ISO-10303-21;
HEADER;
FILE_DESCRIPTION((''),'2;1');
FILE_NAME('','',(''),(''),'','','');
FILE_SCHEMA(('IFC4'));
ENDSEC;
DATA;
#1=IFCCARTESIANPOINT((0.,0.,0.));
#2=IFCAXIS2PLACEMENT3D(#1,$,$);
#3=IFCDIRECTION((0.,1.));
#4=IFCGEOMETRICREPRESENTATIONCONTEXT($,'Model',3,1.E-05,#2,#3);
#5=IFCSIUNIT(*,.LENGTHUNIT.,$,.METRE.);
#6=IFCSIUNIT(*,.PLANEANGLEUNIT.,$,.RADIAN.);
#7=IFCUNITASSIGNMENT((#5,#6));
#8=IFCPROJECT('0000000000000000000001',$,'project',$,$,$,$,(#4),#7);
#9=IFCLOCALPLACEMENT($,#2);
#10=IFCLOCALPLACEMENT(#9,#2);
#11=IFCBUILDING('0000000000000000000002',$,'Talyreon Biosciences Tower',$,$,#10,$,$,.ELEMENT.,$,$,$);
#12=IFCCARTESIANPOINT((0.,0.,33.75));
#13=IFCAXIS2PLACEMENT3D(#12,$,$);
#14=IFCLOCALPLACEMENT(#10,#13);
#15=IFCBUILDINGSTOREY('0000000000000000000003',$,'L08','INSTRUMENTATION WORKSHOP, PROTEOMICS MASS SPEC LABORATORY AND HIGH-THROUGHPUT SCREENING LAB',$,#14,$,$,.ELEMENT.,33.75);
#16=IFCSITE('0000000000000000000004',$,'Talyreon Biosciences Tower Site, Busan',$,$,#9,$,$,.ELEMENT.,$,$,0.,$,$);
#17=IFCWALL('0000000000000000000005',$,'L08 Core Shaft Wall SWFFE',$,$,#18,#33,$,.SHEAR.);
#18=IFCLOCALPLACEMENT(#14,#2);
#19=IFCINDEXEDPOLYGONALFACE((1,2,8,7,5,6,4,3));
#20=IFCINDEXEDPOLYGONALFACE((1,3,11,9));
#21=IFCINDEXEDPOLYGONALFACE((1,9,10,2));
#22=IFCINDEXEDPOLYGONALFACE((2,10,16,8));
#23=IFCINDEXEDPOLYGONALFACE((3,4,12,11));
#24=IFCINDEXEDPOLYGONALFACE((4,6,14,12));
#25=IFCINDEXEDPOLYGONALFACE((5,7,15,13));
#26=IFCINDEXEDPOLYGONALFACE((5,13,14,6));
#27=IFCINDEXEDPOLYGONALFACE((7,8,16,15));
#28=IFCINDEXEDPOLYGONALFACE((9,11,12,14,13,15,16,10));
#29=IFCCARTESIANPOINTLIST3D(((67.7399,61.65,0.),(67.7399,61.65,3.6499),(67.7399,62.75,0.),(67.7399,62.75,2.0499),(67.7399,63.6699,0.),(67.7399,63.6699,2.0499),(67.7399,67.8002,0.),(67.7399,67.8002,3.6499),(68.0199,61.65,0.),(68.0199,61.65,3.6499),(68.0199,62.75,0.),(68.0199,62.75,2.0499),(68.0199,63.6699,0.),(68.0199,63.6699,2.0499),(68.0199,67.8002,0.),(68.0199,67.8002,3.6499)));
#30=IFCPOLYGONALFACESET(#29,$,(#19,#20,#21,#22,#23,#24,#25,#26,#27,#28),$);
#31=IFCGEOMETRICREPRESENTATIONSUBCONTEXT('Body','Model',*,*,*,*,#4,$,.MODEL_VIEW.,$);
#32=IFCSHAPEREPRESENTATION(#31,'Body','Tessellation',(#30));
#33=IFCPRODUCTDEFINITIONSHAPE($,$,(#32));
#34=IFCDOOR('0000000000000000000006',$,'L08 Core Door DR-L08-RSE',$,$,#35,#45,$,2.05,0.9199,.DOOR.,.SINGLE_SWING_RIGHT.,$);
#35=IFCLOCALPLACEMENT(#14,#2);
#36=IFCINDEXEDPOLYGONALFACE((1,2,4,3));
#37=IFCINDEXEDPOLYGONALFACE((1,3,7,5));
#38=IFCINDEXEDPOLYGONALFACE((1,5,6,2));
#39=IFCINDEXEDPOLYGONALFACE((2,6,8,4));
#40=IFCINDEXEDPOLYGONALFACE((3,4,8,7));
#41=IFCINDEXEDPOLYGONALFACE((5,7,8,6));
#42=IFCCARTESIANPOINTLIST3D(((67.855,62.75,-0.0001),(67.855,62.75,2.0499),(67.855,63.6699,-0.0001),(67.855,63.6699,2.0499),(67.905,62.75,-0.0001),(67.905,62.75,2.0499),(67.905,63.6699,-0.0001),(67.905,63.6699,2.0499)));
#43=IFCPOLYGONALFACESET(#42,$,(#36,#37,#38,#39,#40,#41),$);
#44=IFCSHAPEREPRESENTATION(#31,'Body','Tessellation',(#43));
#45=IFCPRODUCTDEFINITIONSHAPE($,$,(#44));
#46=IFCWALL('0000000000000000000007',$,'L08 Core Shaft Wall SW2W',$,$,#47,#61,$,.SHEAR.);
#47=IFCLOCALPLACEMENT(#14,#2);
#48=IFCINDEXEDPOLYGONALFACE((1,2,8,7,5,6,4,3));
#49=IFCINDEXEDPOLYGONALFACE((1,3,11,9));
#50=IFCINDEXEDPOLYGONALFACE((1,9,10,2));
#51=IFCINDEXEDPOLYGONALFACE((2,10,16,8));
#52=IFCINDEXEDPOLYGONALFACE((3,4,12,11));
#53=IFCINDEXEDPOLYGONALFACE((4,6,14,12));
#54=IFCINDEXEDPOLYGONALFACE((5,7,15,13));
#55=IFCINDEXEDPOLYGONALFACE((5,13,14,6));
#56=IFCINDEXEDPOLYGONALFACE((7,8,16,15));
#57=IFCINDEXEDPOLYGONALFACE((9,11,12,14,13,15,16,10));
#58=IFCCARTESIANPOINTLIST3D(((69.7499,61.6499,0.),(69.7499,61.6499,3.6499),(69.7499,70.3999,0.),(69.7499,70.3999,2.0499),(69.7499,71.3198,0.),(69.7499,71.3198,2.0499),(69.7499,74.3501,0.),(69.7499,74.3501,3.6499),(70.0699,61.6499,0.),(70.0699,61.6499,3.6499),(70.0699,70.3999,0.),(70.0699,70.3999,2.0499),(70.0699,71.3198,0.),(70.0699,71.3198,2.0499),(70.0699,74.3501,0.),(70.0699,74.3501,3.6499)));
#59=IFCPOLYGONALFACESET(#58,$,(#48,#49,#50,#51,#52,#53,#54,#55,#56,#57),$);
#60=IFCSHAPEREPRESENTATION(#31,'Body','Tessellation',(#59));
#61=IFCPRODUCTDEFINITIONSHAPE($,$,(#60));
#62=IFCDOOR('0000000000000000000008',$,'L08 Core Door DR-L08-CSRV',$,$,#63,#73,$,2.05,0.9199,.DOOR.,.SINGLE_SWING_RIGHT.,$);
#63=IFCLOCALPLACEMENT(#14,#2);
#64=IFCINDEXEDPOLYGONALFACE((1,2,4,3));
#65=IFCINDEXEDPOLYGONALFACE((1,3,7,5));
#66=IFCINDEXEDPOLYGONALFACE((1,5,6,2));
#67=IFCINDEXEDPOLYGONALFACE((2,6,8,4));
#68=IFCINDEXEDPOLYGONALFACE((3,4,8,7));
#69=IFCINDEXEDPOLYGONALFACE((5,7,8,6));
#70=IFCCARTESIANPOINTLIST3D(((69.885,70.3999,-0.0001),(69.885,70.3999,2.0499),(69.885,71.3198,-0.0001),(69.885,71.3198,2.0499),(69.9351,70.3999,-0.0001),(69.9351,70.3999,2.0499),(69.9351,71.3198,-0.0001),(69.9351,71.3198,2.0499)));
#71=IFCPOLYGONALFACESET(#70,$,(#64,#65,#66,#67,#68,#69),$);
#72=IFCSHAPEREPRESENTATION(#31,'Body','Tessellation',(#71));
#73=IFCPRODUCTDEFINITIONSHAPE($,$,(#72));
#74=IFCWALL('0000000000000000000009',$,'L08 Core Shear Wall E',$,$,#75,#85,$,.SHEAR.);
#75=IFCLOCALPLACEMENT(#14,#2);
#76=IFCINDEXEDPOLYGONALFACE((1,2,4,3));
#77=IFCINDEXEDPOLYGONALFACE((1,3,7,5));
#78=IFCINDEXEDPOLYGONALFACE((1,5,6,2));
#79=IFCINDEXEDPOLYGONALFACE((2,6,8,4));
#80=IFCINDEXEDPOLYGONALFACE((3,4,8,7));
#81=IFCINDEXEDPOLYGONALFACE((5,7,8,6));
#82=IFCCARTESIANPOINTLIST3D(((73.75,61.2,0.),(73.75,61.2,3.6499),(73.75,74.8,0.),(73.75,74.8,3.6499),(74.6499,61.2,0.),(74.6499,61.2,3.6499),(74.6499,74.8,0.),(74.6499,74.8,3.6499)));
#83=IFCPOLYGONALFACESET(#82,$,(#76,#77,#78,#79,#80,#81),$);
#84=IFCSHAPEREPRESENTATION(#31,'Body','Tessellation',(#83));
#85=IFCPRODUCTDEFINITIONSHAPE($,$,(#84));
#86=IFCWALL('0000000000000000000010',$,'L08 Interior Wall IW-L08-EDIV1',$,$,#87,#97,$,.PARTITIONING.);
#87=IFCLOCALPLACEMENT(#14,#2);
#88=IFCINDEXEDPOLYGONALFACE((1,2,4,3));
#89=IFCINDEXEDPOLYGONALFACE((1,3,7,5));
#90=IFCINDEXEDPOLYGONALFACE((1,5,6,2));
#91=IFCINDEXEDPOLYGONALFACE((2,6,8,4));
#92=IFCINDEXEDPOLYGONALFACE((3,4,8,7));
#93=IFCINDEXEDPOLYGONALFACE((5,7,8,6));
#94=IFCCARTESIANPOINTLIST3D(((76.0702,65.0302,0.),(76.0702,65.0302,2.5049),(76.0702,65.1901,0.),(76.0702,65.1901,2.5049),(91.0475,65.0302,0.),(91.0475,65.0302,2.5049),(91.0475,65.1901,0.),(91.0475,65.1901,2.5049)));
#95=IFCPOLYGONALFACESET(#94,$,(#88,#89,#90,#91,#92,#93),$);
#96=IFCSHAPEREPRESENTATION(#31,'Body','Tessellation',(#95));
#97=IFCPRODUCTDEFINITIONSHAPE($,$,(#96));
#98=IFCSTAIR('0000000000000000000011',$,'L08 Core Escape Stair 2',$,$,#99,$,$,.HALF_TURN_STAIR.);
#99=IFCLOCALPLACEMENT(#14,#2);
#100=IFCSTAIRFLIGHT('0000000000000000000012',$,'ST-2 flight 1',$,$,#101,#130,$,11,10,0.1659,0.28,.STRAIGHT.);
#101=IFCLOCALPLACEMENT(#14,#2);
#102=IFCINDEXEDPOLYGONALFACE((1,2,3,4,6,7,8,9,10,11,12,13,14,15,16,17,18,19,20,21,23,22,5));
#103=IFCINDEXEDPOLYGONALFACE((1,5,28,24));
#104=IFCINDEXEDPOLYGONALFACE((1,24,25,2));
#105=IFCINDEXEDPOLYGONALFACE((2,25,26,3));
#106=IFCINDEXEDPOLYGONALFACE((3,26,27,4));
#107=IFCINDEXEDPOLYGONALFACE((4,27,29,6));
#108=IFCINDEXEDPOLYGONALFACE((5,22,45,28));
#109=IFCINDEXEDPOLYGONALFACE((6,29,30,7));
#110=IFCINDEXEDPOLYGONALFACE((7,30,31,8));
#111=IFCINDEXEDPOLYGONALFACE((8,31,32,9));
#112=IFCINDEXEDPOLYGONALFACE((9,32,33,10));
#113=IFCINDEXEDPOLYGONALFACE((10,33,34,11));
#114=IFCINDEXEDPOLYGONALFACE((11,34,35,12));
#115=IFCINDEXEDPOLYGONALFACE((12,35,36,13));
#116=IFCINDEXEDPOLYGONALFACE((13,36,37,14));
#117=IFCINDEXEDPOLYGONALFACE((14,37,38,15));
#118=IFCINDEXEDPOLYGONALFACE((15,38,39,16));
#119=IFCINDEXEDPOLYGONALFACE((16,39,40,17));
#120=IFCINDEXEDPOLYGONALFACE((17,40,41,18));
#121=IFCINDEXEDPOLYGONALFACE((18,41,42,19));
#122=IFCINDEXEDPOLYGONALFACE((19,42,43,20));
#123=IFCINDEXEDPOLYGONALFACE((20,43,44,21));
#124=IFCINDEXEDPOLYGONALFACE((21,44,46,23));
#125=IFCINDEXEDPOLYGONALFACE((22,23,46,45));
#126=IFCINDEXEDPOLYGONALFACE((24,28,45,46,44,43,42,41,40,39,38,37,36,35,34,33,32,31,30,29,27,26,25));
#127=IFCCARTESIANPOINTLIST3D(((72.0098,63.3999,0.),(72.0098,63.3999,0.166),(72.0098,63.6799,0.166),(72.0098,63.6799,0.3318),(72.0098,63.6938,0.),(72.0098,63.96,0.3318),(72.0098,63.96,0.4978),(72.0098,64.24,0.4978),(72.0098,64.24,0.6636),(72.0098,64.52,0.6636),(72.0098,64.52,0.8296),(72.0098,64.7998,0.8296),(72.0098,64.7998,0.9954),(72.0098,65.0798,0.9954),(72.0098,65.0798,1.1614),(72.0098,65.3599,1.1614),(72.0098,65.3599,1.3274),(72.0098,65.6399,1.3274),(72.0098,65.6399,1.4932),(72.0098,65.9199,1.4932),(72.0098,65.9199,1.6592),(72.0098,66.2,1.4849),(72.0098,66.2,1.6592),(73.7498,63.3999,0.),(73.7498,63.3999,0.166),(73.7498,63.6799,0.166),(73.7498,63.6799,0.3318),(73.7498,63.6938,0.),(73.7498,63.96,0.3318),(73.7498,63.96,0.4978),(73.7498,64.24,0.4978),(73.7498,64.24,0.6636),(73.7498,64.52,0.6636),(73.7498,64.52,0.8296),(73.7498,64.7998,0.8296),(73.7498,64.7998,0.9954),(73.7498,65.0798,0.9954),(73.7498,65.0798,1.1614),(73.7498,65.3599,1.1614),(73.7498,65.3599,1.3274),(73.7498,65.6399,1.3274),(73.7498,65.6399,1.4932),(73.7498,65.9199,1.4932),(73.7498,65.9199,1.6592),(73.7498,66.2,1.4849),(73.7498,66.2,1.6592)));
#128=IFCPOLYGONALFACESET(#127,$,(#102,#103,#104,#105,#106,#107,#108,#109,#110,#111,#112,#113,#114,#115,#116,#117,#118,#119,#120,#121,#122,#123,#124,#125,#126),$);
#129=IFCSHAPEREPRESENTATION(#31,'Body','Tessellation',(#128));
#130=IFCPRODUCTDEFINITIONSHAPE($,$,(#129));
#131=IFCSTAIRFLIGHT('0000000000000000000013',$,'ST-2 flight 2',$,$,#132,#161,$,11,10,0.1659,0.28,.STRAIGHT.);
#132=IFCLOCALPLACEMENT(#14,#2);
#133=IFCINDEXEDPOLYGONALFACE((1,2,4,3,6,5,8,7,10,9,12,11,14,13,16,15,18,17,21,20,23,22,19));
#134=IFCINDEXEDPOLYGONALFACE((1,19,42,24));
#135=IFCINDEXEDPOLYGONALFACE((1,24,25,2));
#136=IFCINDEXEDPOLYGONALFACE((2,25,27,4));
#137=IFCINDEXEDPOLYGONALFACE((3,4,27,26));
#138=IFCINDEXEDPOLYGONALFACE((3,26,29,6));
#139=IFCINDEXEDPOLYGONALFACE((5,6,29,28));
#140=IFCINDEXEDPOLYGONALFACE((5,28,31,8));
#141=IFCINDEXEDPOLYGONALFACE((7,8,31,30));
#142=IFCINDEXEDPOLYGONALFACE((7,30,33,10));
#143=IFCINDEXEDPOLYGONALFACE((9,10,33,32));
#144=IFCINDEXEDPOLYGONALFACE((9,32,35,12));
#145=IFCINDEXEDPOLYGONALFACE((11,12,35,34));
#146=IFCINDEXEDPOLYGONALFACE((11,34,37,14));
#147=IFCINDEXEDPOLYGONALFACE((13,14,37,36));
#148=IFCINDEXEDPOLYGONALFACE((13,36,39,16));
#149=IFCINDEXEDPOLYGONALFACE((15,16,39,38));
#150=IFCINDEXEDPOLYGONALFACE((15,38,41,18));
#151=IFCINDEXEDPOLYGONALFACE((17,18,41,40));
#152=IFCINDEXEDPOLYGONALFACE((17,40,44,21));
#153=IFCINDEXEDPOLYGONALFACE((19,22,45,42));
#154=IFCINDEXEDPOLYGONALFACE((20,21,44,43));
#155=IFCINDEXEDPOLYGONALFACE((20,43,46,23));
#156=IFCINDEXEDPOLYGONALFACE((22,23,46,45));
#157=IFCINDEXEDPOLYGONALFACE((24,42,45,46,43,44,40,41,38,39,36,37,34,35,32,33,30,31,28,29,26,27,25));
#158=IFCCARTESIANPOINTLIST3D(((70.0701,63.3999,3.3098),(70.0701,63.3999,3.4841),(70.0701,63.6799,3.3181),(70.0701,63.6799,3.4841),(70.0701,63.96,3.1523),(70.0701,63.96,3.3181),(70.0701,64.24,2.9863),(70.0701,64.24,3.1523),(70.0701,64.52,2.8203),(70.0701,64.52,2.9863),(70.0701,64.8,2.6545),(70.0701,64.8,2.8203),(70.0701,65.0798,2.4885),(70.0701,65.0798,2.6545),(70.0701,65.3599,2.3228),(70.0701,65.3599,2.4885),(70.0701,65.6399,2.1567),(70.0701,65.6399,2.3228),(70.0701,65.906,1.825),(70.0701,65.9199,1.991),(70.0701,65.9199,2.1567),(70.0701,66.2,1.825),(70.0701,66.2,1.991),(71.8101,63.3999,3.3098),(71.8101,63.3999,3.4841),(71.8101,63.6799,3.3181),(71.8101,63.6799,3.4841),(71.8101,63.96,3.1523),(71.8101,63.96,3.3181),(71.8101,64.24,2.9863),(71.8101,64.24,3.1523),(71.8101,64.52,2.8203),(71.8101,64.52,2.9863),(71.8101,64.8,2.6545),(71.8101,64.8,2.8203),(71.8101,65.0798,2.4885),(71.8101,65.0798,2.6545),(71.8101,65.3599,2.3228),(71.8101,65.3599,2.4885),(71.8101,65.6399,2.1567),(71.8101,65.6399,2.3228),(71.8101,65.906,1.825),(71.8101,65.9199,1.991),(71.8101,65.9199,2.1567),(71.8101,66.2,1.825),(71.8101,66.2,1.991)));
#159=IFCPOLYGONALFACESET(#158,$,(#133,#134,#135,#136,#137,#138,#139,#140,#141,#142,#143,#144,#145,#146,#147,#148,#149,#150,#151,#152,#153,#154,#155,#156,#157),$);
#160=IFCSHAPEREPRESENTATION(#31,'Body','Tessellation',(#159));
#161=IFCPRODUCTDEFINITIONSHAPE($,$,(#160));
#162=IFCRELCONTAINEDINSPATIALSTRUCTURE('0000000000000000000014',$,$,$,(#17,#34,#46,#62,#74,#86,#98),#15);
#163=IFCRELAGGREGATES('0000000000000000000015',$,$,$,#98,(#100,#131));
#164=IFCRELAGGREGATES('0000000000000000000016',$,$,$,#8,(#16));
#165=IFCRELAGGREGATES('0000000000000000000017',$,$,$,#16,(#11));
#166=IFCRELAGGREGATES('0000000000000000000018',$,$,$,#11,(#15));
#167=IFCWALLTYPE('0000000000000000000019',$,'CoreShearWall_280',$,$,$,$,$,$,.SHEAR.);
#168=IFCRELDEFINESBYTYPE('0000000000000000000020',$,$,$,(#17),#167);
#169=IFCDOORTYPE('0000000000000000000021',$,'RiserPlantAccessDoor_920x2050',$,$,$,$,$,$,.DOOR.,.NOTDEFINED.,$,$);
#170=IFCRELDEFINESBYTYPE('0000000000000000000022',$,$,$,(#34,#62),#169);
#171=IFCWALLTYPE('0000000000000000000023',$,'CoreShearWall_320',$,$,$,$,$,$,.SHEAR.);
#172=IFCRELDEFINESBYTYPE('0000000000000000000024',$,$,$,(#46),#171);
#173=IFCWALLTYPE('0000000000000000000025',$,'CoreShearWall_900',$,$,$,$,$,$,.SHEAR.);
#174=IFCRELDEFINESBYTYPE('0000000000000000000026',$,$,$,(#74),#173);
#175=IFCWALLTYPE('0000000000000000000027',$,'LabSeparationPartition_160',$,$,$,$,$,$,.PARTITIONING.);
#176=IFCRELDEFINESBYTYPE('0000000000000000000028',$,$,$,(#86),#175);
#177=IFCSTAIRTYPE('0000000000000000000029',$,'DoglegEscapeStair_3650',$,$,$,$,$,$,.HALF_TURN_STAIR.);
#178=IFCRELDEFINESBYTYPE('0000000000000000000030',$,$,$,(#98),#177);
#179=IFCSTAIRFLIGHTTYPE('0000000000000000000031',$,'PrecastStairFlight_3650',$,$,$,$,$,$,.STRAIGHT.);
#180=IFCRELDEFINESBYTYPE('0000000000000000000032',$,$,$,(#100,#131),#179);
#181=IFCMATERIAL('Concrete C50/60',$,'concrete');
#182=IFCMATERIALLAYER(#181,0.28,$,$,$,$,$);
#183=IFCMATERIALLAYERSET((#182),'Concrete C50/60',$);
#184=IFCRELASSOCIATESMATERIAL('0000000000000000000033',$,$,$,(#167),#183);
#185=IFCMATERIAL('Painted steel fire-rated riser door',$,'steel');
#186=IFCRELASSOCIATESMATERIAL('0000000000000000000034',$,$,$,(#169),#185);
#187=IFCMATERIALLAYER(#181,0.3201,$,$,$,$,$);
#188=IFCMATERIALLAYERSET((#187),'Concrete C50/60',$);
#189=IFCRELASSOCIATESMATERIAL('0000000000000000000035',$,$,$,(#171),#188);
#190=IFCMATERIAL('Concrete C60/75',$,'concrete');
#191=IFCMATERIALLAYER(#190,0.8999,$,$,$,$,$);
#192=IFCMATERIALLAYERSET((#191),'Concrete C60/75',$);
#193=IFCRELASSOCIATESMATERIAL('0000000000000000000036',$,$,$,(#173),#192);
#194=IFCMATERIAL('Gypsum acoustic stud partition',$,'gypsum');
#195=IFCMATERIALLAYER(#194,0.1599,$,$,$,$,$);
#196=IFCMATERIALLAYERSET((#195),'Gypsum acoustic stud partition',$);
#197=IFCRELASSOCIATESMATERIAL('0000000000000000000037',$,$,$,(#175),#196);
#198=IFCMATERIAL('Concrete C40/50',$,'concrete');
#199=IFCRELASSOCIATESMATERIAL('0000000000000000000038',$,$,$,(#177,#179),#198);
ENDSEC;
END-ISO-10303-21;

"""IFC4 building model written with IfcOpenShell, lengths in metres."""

from ifc_helpers import new_model, si_unit, direction, frame, frame_2d, origin, place, context, subcontext, project, spatial, polyline, rectangle, outline, extrude, material, layer, layer_set, type_object, element, fill, aggregate, save


model = new_model("IFC4")

# Units and contexts
model_context = context("Model", 3, precision=1e-05, world=origin(), true_north=direction((0.0, 1.0)))
body_context = subcontext(model_context, "Body", "Model", "MODEL_VIEW")
ifc_project = project(units=[si_unit("LENGTHUNIT", "METRE"), si_unit("PLANEANGLEUNIT", "RADIAN")], contexts=[model_context])

# Site, building, storey
site_placement = place(None, origin())
site = spatial("IfcSite", under=ifc_project, at=site_placement, Name="Talyreon Biosciences Tower Site, Busan", CompositionType="ELEMENT", RefElevation=0.0)
building_placement = place(site_placement, origin())
building = spatial("IfcBuilding", under=site, at=building_placement, Name="Talyreon Biosciences Tower", CompositionType="ELEMENT")
storey_placement = place(building_placement, frame((0.0, 0.0, 33.75)))
storey = spatial("IfcBuildingStorey", under=building, at=storey_placement, Name="L08", Description="INSTRUMENTATION WORKSHOP, PROTEOMICS MASS SPEC LABORATORY AND HIGH-THROUGHPUT SCREENING LAB", CompositionType="ELEMENT", Elevation=33.75)

# Shared definitions
ifc_material_1 = material(Name="Concrete C60/75", Category="concrete")

# Walls, openings, doors
ifc_material_2 = material(Name="Concrete C50/60", Category="concrete")
ifc_layer_1 = layer(ifc_material_2, 0.28)
ifc_layer_set_1 = layer_set([ifc_layer_1], Name="Concrete C50/60")
wall_type_1 = type_object("IfcWallType", Name="CoreShearWall_280", PredefinedType="SHEAR", material=ifc_layer_set_1)
wall_1_placement = place(storey_placement, frame((67.8799, 61.6499, 0.0), z_axis=(0.0, 0.0, 1.0), x_axis=(0.0, 1.0, 0.0)))
wall_1 = element("IfcWall", 1, at=wall_1_placement, inside=storey, type_object=wall_type_1, Name="L08 Core Shaft Wall SWFFE", PredefinedType="SHEAR", context=body_context, shape_type="SweptSolid", body=[
    extrude(rectangle(XDim=6.1501, YDim=0.28, at=frame_2d((3.0752, 0.0))), origin(), (0.0, 0.0, 1.0), 3.6499),
])
opening_1_placement = place(wall_1_placement, frame((1.1001, 0.0, 0.0)))
opening_1 = element("IfcOpeningElement", 2, at=opening_1_placement, cuts=wall_1, PredefinedType="OPENING", context=body_context, shape_type="SweptSolid", body=[
    extrude(rectangle(XDim=0.9199, YDim=2.05, at=frame_2d((0.46, 1.0249))), frame((0.0, 0.1499, 0.0), z_axis=(0.0, -1.0, 0.0), x_axis=(1.0, 0.0, 0.0)), (0.0, 0.0, 1.0), 0.3),
])
ifc_material_3 = material(Name="Painted steel fire-rated riser door", Category="steel")
door_type = type_object("IfcDoorType", Name="RiserPlantAccessDoor_920x2050", OperationType="NOTDEFINED", PredefinedType="DOOR", material=ifc_material_3)
door_1_placement = place(opening_1_placement, origin())
door_1 = element("IfcDoor", 3, at=door_1_placement, inside=storey, type_object=door_type, Name="L08 Core Door DR-L08-RSE", OperationType="SINGLE_SWING_RIGHT", OverallHeight=2.05, OverallWidth=0.9199, PredefinedType="DOOR", context=body_context, shape_type="SweptSolid", body=[
    extrude(rectangle(XDim=0.9199, YDim=2.05, at=frame_2d((0.46, 1.0249))), frame((0.0, 0.0249, 0.0), z_axis=(0.0, -1.0, 0.0), x_axis=(1.0, 0.0, 0.0)), (0.0, 0.0, 1.0), 0.05),
])
fill(opening_1, door_1)
ifc_layer_2 = layer(ifc_material_2, 0.3201)
ifc_layer_set_2 = layer_set([ifc_layer_2], Name="Concrete C50/60")
wall_type_2 = type_object("IfcWallType", Name="CoreShearWall_320", PredefinedType="SHEAR", material=ifc_layer_set_2)
wall_2_placement = place(storey_placement, frame((69.9099, 61.6499, 0.0), z_axis=(0.0, 0.0, 1.0), x_axis=(0.0, 1.0, 0.0)))
wall_2 = element("IfcWall", 4, at=wall_2_placement, inside=storey, type_object=wall_type_2, Name="L08 Core Shaft Wall SW2W", PredefinedType="SHEAR", context=body_context, shape_type="SweptSolid", body=[
    extrude(rectangle(XDim=12.7002, YDim=0.3201, at=frame_2d((6.3501, 0.0))), origin(), (0.0, 0.0, 1.0), 3.6499),
])
opening_2_placement = place(wall_2_placement, frame((8.75, 0.0, 0.0)))
opening_2 = element("IfcOpeningElement", 5, at=opening_2_placement, cuts=wall_2, PredefinedType="OPENING", context=body_context, shape_type="SweptSolid", body=[
    extrude(rectangle(XDim=0.9199, YDim=2.05, at=frame_2d((0.46, 1.0249))), frame((0.0, 0.1699, 0.0), z_axis=(0.0, -1.0, 0.0), x_axis=(1.0, 0.0, 0.0)), (0.0, 0.0, 1.0), 0.3401),
])
door_2_placement = place(opening_2_placement, origin())
door_2 = element("IfcDoor", 6, at=door_2_placement, inside=storey, type_object=door_type, Name="L08 Core Door DR-L08-CSRV", OperationType="SINGLE_SWING_RIGHT", OverallHeight=2.05, OverallWidth=0.9199, PredefinedType="DOOR", context=body_context, shape_type="SweptSolid", body=[
    extrude(rectangle(XDim=0.9199, YDim=2.05, at=frame_2d((0.46, 1.0249))), frame((0.0, 0.0249, 0.0), z_axis=(0.0, -1.0, 0.0), x_axis=(1.0, 0.0, 0.0)), (0.0, 0.0, 1.0), 0.05),
])
fill(opening_2, door_2)

# Walls
ifc_layer_3 = layer(ifc_material_1, 0.8999)
ifc_layer_set_3 = layer_set([ifc_layer_3], Name="Concrete C60/75")
wall_type_3 = type_object("IfcWallType", Name="CoreShearWall_900", PredefinedType="SHEAR", material=ifc_layer_set_3)
wall_3_placement = place(storey_placement, frame((74.2, 61.2, 0.0), z_axis=(0.0, 0.0, 1.0), x_axis=(0.0, 1.0, 0.0)))
element("IfcWall", 7, at=wall_3_placement, inside=storey, type_object=wall_type_3, Name="L08 Core Shear Wall E", PredefinedType="SHEAR", context=body_context, shape_type="SweptSolid", body=[
    extrude(rectangle(XDim=13.6001, YDim=0.8999, at=frame_2d((6.8, 0.0))), origin(), (0.0, 0.0, 1.0), 3.6499),
])
ifc_material_4 = material(Name="Gypsum acoustic stud partition", Category="gypsum")
ifc_layer_4 = layer(ifc_material_4, 0.1599)
ifc_layer_set_4 = layer_set([ifc_layer_4], Name="Gypsum acoustic stud partition")
wall_type_4 = type_object("IfcWallType", Name="LabSeparationPartition_160", PredefinedType="PARTITIONING", material=ifc_layer_set_4)
wall_4_placement = place(storey_placement, frame((76.0701, 65.1101, 0.0), z_axis=(0.0, 0.0, 1.0), x_axis=(1.0, 0.0, 0.0)))
element("IfcWall", 8, at=wall_4_placement, inside=storey, type_object=wall_type_4, Name="L08 Interior Wall IW-L08-EDIV1", PredefinedType="PARTITIONING", context=body_context, shape_type="SweptSolid", body=[
    extrude(rectangle(XDim=14.9773, YDim=0.1599, at=frame_2d((7.4888, 0.0))), origin(), (0.0, 0.0, 1.0), 2.5049),
])

# Stair, stair flights
ifc_material_5 = material(Name="Concrete C40/50", Category="concrete")
stair_type = type_object("IfcStairType", Name="DoglegEscapeStair_3650", PredefinedType="HALF_TURN_STAIR", material=ifc_material_5)
stair_placement = place(storey_placement, origin())
stair = element("IfcStair", 9, at=stair_placement, inside=storey, type_object=stair_type, Name="L08 Core Escape Stair 2", PredefinedType="HALF_TURN_STAIR")
stair_flight_type = type_object("IfcStairFlightType", Name="PrecastStairFlight_3650", PredefinedType="STRAIGHT", material=ifc_material_5)
stair_flight_1_placement = place(storey_placement, frame((72.8799, 63.3999, 0.0), z_axis=(0.0, 0.0, 1.0), x_axis=(0.0, 1.0, 0.0)))
stair_flight_1 = element("IfcStairFlight", 10, at=stair_flight_1_placement, type_object=stair_flight_type, Name="ST-2 flight 1", NumberOfRisers=11, NumberOfTreads=10, PredefinedType="STRAIGHT", RiserHeight=0.1659, TreadLength=0.28, context=body_context, shape_type="SweptSolid", body=[
    extrude(outline(polyline([(0.0, 0.0), (0.0, 0.166), (0.28, 0.166), (0.28, 0.3318), (0.5601, 0.3318), (0.5601, 0.4978), (0.8401, 0.4978), (0.8401, 0.6636), (1.1201, 0.6636), (1.1201, 0.8296), (1.3999, 0.8296), (1.3999, 0.9954), (1.6799, 0.9954), (1.6799, 1.1614), (1.96, 1.1614), (1.96, 1.3274), (2.24, 1.3274), (2.24, 1.4932), (2.52, 1.4932), (2.52, 1.6592), (2.8, 1.6592), (2.8, 1.825), (2.8, 1.4849), (0.2939, 0.0), (0.0, 0.0)])), frame((0.0, 0.8701, 0.0), z_axis=(0.0, -1.0, 0.0), x_axis=(1.0, 0.0, 0.0)), (0.0, 0.0, 1.0), 1.74),
])
stair_flight_2_placement = place(storey_placement, frame((70.9399, 66.2, 1.825), z_axis=(0.0, 0.0, 1.0), x_axis=(0.0, -1.0, 0.0)))
stair_flight_2 = element("IfcStairFlight", 11, at=stair_flight_2_placement, type_object=stair_flight_type, Name="ST-2 flight 2", NumberOfRisers=11, NumberOfTreads=10, PredefinedType="STRAIGHT", RiserHeight=0.1659, TreadLength=0.28, context=body_context, shape_type="SweptSolid", body=[
    extrude(outline(polyline([(0.0, 0.0), (0.0, 0.166), (0.28, 0.166), (0.28, 0.3318), (0.5601, 0.3318), (0.5601, 0.4978), (0.8401, 0.4978), (0.8401, 0.6636), (1.1201, 0.6636), (1.1201, 0.8296), (1.3999, 0.8296), (1.3999, 0.9954), (1.6799, 0.9954), (1.6799, 1.1614), (1.96, 1.1614), (1.96, 1.3274), (2.24, 1.3274), (2.24, 1.4932), (2.52, 1.4932), (2.52, 1.6592), (2.8, 1.6592), (2.8, 1.825), (2.8, 1.4849), (0.2939, 0.0), (0.0, 0.0)])), frame((0.0, 0.8701, 0.0), z_axis=(0.0, -1.0, 0.0), x_axis=(1.0, 0.0, 0.0)), (0.0, 0.0, 1.0), 1.74),
])
aggregate(stair, [stair_flight_1, stair_flight_2])

save(model, "model.ifc")
